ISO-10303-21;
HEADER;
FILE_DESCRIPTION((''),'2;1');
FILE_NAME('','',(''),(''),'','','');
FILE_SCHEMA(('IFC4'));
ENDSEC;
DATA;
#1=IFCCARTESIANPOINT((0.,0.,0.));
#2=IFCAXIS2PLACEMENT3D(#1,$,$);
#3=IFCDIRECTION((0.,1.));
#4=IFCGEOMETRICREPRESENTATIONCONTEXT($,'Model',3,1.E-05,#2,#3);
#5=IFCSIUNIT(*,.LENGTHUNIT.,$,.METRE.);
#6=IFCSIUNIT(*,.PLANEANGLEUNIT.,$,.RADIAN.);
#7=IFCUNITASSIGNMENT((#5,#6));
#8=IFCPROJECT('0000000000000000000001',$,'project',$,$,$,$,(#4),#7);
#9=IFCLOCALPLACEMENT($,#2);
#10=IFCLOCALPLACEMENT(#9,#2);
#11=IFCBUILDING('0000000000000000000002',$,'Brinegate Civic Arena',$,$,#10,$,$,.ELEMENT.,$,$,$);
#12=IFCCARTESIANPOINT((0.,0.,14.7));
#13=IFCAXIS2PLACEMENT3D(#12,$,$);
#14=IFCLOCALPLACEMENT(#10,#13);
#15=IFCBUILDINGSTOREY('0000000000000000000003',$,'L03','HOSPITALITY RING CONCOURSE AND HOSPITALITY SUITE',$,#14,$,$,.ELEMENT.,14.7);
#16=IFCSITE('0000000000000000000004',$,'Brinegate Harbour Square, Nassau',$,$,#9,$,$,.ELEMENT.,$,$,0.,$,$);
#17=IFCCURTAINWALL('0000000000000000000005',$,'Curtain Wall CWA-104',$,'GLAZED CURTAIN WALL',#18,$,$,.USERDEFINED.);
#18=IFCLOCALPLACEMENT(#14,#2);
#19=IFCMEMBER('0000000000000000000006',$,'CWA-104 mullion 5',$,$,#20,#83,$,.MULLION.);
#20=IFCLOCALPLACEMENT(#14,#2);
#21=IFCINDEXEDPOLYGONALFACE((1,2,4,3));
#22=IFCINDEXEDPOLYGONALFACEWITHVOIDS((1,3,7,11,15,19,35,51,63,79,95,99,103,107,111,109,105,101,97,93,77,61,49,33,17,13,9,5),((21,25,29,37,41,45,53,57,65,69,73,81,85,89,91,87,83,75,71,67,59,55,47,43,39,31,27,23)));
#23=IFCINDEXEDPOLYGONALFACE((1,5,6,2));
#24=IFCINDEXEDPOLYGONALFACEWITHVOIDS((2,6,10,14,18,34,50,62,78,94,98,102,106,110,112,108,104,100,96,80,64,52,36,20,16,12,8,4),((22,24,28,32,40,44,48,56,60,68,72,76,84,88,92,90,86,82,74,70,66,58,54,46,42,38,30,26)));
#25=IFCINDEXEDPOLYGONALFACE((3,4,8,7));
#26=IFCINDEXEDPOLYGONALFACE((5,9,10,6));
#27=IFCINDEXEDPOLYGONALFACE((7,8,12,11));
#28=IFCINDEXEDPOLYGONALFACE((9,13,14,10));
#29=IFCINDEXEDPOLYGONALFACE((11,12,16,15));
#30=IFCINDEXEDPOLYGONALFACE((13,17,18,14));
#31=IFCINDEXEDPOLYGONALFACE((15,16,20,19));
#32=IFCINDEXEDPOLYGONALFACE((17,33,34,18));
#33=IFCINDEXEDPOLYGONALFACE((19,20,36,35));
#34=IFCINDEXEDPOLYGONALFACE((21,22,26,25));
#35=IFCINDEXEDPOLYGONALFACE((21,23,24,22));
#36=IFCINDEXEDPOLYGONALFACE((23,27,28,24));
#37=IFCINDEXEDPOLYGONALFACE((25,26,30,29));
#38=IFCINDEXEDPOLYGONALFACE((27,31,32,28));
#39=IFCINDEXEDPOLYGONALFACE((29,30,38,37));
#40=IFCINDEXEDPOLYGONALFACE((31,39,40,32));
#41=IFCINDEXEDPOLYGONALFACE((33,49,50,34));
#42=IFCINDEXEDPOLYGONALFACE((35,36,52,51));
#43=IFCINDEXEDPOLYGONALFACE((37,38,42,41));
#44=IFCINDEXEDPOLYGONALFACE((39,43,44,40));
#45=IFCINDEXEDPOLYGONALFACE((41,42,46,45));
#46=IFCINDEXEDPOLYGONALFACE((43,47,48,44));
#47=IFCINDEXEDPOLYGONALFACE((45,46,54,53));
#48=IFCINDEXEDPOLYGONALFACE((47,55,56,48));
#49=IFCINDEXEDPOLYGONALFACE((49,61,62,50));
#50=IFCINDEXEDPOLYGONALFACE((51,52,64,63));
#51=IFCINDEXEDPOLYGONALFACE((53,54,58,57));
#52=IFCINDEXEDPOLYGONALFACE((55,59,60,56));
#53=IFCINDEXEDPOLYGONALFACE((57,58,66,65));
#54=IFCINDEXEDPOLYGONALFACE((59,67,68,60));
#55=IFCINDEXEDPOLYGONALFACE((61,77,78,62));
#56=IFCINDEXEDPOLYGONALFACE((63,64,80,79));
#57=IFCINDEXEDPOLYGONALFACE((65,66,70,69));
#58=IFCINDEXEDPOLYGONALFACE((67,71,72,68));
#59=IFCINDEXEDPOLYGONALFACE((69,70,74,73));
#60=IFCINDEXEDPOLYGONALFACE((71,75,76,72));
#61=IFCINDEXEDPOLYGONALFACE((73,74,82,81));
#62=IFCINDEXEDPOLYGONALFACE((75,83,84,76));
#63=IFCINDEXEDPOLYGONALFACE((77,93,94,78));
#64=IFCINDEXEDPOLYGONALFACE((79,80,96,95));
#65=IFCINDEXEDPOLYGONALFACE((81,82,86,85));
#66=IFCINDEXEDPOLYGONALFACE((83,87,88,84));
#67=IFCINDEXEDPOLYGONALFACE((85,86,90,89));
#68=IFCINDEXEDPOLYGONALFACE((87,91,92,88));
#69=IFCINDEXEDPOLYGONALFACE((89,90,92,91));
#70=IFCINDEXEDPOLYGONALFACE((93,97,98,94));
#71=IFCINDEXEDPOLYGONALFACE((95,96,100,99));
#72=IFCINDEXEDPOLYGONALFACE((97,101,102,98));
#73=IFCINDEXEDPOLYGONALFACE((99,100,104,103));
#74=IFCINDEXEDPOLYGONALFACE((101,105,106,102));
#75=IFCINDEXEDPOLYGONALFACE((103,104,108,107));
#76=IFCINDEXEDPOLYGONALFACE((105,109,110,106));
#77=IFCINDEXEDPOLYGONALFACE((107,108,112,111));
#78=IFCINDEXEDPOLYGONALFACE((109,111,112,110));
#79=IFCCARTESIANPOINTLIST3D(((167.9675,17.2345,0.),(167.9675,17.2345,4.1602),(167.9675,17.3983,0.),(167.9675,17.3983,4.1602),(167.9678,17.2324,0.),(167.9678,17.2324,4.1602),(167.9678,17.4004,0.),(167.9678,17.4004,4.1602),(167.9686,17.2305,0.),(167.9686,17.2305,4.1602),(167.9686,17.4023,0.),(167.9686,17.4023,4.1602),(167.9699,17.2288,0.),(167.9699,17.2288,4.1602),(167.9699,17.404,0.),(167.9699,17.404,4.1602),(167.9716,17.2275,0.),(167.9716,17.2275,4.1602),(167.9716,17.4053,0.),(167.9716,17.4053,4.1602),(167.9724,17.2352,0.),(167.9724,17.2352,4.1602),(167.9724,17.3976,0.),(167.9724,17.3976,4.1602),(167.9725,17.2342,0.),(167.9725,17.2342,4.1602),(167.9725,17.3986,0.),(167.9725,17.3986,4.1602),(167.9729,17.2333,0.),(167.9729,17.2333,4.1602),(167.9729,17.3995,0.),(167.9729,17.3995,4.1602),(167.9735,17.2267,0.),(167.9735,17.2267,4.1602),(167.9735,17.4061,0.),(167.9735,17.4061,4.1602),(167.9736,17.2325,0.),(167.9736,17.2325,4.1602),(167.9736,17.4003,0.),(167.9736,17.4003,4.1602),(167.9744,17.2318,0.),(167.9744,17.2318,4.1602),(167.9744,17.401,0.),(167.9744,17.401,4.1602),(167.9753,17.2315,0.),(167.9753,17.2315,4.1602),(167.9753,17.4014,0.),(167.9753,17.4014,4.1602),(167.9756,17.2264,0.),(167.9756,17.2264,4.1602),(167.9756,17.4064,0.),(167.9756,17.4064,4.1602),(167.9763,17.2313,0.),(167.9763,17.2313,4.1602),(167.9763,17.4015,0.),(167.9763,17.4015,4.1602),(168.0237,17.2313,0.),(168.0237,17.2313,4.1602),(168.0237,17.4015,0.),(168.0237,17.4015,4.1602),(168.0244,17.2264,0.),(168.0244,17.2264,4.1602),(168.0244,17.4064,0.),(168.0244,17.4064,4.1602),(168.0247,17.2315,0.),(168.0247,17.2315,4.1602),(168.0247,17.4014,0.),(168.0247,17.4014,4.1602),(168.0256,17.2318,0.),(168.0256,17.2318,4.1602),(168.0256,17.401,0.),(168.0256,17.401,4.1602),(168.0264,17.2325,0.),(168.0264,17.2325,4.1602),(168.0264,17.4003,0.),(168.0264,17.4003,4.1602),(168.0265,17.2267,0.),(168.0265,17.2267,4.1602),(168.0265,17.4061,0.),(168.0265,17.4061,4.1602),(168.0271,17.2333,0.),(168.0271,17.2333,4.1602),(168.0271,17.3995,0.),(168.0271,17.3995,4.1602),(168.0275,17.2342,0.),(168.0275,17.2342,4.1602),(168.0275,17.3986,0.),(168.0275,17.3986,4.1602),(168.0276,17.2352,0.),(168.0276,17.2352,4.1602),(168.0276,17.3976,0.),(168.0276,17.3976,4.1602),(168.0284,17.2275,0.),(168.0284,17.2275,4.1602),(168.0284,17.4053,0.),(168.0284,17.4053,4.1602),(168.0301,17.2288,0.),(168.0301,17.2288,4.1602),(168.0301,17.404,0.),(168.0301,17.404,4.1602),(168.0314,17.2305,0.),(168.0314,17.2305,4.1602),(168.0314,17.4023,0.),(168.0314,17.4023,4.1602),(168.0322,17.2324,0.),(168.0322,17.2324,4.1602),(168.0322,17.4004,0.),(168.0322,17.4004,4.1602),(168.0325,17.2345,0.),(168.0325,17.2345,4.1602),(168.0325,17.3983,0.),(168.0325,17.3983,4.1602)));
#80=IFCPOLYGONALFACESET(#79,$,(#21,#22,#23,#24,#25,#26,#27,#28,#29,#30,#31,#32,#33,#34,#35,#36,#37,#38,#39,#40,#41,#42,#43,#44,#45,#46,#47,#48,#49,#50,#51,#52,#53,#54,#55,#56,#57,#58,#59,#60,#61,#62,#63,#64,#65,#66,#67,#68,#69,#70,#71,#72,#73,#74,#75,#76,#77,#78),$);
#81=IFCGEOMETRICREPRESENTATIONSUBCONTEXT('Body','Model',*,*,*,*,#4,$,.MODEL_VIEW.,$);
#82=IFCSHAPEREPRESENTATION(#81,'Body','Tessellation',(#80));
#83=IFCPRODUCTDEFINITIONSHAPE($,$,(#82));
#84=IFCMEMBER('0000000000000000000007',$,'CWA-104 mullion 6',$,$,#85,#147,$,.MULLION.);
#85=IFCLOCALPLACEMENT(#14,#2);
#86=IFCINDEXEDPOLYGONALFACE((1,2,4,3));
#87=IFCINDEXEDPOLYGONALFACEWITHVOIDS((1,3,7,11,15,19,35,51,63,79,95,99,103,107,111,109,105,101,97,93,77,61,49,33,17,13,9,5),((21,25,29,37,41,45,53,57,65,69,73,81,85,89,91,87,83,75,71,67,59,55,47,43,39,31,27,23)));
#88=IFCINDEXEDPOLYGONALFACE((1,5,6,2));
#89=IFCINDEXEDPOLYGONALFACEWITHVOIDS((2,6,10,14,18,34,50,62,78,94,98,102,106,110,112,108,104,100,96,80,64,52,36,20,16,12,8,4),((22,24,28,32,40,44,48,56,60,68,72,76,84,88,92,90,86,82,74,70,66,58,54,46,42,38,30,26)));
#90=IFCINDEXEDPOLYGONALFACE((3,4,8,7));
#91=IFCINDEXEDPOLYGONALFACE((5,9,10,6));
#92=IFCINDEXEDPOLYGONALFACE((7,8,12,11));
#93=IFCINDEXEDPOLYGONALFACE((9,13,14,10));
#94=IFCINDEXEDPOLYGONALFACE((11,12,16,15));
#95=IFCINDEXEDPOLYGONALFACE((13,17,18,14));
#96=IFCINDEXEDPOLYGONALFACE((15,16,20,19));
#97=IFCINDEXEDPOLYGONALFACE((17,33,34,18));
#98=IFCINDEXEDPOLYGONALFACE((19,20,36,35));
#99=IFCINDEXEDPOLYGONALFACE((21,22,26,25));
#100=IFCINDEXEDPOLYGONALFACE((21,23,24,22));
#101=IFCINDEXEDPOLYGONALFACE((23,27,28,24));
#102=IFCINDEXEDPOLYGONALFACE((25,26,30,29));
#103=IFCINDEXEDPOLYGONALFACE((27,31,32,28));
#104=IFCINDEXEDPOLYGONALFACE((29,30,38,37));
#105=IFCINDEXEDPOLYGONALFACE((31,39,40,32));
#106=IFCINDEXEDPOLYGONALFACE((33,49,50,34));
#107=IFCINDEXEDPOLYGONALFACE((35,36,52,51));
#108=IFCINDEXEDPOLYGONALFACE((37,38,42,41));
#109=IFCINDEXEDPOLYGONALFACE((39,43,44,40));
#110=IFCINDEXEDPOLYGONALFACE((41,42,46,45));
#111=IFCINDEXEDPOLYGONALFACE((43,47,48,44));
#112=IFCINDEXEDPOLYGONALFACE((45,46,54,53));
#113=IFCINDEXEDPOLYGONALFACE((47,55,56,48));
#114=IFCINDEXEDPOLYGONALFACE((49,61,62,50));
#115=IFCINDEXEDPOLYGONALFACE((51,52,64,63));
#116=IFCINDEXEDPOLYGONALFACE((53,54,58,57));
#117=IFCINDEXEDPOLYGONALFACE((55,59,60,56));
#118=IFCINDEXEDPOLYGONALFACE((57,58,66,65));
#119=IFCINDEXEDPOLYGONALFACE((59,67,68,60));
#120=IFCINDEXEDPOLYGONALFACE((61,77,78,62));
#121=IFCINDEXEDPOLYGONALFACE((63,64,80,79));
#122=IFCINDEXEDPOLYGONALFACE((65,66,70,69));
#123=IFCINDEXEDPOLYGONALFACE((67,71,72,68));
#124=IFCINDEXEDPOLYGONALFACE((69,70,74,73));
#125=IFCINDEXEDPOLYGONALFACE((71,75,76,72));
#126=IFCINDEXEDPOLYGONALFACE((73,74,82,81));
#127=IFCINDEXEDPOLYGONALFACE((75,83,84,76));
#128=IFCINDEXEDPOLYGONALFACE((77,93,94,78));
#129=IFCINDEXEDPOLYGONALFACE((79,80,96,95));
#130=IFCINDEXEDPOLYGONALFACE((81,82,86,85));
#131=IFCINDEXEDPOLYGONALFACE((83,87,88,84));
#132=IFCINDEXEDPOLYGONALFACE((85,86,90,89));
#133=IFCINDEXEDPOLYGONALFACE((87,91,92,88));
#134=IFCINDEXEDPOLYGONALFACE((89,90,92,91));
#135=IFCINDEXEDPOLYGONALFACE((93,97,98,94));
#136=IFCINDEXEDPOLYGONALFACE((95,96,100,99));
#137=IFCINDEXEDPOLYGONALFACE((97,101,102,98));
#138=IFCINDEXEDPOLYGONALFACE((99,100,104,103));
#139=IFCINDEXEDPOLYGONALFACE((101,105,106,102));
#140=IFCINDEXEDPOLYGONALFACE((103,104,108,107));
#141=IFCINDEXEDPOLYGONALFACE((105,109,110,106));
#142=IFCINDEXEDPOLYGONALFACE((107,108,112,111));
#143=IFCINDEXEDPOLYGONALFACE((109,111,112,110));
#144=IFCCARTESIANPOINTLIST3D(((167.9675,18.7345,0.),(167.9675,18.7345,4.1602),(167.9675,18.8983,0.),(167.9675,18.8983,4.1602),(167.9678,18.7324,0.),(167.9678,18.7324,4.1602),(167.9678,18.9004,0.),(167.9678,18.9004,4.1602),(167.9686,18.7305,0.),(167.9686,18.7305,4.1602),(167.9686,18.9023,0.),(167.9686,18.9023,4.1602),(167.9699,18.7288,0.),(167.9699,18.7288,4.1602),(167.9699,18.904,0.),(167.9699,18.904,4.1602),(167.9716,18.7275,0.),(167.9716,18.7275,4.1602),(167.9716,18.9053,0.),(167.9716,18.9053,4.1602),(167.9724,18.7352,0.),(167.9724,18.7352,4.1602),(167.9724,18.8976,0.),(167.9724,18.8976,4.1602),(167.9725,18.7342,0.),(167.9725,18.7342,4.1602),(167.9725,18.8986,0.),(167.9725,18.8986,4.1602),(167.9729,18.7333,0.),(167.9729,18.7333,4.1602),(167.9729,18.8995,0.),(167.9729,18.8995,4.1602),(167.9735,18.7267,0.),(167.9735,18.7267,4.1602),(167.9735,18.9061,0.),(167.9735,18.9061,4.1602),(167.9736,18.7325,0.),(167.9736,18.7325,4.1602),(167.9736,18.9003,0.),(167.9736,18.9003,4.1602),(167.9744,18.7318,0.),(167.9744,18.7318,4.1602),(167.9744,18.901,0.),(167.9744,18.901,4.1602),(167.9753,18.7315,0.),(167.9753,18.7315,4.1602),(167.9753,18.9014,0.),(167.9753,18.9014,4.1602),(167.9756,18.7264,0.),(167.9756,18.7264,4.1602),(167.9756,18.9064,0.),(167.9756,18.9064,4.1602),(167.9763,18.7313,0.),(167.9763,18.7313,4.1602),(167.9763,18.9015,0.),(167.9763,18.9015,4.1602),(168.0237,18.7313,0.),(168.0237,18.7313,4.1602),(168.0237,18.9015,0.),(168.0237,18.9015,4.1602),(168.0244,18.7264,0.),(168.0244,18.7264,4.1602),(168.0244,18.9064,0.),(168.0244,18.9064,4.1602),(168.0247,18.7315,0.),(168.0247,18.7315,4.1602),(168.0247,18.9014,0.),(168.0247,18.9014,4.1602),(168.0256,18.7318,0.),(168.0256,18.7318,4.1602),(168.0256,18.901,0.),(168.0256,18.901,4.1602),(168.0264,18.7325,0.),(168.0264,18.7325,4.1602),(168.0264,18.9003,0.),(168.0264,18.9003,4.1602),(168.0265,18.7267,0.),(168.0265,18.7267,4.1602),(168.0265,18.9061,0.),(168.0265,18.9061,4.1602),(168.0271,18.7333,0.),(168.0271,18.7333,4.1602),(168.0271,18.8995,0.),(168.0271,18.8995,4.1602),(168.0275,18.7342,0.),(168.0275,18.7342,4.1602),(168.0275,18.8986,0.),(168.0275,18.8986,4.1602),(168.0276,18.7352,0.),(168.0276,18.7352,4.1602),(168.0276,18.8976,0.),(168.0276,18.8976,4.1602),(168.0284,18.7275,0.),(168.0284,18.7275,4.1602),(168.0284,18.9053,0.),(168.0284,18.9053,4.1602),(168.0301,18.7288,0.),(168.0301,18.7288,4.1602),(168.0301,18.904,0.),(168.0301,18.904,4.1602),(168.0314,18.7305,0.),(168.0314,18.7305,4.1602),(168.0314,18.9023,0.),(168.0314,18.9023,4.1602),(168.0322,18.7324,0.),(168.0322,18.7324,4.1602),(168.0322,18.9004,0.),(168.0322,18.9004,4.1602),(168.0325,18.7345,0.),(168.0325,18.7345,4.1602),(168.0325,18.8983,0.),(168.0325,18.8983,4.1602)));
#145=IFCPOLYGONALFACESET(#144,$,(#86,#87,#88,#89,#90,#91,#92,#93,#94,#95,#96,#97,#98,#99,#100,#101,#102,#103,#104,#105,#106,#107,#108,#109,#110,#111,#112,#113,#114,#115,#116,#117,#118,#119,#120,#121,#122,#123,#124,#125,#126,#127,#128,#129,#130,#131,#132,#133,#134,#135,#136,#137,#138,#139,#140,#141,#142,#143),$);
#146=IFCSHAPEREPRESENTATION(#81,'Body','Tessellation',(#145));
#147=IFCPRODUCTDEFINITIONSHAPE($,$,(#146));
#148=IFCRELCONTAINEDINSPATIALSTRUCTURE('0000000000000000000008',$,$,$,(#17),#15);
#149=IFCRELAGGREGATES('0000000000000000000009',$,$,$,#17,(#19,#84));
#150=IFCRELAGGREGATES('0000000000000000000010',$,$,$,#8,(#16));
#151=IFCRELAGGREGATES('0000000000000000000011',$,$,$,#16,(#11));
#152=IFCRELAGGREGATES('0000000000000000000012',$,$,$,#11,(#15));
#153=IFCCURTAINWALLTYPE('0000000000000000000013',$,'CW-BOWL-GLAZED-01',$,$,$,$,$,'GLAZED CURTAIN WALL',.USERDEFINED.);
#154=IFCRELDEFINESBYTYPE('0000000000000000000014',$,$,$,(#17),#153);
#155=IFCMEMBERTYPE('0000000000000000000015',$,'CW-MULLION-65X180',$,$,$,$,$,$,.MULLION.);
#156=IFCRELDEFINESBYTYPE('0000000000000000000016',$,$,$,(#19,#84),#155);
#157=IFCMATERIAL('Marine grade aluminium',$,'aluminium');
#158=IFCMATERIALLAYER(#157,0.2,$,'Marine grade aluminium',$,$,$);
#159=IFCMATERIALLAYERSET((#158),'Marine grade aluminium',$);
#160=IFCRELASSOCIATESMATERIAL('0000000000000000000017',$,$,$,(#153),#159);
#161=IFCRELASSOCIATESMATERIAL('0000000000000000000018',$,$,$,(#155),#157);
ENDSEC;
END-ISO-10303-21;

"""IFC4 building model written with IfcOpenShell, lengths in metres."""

from ifc_helpers import new_model, si_unit, direction, frame, origin, origin_2d, place, context, subcontext, project, spatial, hollow_rectangle, extrude, material, layer, layer_set, material_profile, profile_set, type_object, element, aggregate, save


model = new_model("IFC4")

# Units and contexts
model_context = context("Model", 3, precision=1e-05, world=origin(), true_north=direction((0.0, 1.0)))
body_context = subcontext(model_context, "Body", "Model", "MODEL_VIEW")
ifc_project = project(units=[si_unit("LENGTHUNIT", "METRE"), si_unit("PLANEANGLEUNIT", "RADIAN")], contexts=[model_context])

# Site, building, storey
site_placement = place(None, origin())
site = spatial("IfcSite", under=ifc_project, at=site_placement, Name="Brinegate Harbour Square, Nassau", CompositionType="ELEMENT", RefElevation=0.0)
building_placement = place(site_placement, origin())
building = spatial("IfcBuilding", under=site, at=building_placement, Name="Brinegate Civic Arena", CompositionType="ELEMENT")
storey_placement = place(building_placement, frame((0.0, 0.0, 14.7)))
storey = spatial("IfcBuildingStorey", under=building, at=storey_placement, Name="L03", Description="HOSPITALITY RING CONCOURSE AND HOSPITALITY SUITE", CompositionType="ELEMENT", Elevation=14.7)

# Curtain wall, members
ifc_material_1 = material(Name="Marine grade aluminium", Category="aluminium")
ifc_layer_1 = layer(ifc_material_1, 0.2, Name="Marine grade aluminium")
ifc_layer_set_1 = layer_set([ifc_layer_1], Name="Marine grade aluminium")
curtain_wall_type = type_object("IfcCurtainWallType", Name="CW-BOWL-GLAZED-01", ElementType="GLAZED CURTAIN WALL", PredefinedType="USERDEFINED", material=ifc_layer_set_1)
curtain_wall_placement = place(storey_placement, origin())
curtain_wall = element("IfcCurtainWall", 1, at=curtain_wall_placement, inside=storey, type_object=curtain_wall_type, Name="Curtain Wall CWA-104", ObjectType="GLAZED CURTAIN WALL", PredefinedType="USERDEFINED")
ifc_material_profile_1 = material_profile(ifc_material_1, hollow_rectangle(XDim=0.0649, YDim=0.1799, WallThickness=0.0049, InnerFilletRadius=0.0039, OuterFilletRadius=0.0081, at=origin_2d()), Name="MUL65X180")
ifc_profile_set_1 = profile_set([ifc_material_profile_1], Name="Marine grade aluminium")
member_type_1 = type_object("IfcMemberType", Name="CW-MULLION-65X180", PredefinedType="MULLION", material=ifc_profile_set_1)
member_1_placement = place(storey_placement, frame((168.0, 17.3164, 0.0), z_axis=(0.0, 0.0, 1.0), x_axis=(-1.0, 0.0, 0.0)))
member_1 = element("IfcMember", 2, at=member_1_placement, type_object=member_type_1, Name="CWA-104 mullion 5", PredefinedType="MULLION", context=body_context, shape_type="SweptSolid", body=[
    extrude(hollow_rectangle(XDim=0.0649, YDim=0.1799, WallThickness=0.0049, InnerFilletRadius=0.0039, OuterFilletRadius=0.0081, at=origin_2d()), origin(), (0.0, 0.0, 1.0), 4.1602),
])
member_2_placement = place(storey_placement, frame((168.0, 18.8164, 0.0), z_axis=(0.0, 0.0, 1.0), x_axis=(-1.0, 0.0, 0.0)))
member_2 = element("IfcMember", 3, at=member_2_placement, type_object=member_type_1, Name="CWA-104 mullion 6", PredefinedType="MULLION", context=body_context, shape_type="SweptSolid", body=[
    extrude(hollow_rectangle(XDim=0.0649, YDim=0.1799, WallThickness=0.0049, InnerFilletRadius=0.0039, OuterFilletRadius=0.0081, at=origin_2d()), origin(), (0.0, 0.0, 1.0), 4.1602),
])

aggregate(curtain_wall, [member_1, member_2])

save(model, "model.ifc")
